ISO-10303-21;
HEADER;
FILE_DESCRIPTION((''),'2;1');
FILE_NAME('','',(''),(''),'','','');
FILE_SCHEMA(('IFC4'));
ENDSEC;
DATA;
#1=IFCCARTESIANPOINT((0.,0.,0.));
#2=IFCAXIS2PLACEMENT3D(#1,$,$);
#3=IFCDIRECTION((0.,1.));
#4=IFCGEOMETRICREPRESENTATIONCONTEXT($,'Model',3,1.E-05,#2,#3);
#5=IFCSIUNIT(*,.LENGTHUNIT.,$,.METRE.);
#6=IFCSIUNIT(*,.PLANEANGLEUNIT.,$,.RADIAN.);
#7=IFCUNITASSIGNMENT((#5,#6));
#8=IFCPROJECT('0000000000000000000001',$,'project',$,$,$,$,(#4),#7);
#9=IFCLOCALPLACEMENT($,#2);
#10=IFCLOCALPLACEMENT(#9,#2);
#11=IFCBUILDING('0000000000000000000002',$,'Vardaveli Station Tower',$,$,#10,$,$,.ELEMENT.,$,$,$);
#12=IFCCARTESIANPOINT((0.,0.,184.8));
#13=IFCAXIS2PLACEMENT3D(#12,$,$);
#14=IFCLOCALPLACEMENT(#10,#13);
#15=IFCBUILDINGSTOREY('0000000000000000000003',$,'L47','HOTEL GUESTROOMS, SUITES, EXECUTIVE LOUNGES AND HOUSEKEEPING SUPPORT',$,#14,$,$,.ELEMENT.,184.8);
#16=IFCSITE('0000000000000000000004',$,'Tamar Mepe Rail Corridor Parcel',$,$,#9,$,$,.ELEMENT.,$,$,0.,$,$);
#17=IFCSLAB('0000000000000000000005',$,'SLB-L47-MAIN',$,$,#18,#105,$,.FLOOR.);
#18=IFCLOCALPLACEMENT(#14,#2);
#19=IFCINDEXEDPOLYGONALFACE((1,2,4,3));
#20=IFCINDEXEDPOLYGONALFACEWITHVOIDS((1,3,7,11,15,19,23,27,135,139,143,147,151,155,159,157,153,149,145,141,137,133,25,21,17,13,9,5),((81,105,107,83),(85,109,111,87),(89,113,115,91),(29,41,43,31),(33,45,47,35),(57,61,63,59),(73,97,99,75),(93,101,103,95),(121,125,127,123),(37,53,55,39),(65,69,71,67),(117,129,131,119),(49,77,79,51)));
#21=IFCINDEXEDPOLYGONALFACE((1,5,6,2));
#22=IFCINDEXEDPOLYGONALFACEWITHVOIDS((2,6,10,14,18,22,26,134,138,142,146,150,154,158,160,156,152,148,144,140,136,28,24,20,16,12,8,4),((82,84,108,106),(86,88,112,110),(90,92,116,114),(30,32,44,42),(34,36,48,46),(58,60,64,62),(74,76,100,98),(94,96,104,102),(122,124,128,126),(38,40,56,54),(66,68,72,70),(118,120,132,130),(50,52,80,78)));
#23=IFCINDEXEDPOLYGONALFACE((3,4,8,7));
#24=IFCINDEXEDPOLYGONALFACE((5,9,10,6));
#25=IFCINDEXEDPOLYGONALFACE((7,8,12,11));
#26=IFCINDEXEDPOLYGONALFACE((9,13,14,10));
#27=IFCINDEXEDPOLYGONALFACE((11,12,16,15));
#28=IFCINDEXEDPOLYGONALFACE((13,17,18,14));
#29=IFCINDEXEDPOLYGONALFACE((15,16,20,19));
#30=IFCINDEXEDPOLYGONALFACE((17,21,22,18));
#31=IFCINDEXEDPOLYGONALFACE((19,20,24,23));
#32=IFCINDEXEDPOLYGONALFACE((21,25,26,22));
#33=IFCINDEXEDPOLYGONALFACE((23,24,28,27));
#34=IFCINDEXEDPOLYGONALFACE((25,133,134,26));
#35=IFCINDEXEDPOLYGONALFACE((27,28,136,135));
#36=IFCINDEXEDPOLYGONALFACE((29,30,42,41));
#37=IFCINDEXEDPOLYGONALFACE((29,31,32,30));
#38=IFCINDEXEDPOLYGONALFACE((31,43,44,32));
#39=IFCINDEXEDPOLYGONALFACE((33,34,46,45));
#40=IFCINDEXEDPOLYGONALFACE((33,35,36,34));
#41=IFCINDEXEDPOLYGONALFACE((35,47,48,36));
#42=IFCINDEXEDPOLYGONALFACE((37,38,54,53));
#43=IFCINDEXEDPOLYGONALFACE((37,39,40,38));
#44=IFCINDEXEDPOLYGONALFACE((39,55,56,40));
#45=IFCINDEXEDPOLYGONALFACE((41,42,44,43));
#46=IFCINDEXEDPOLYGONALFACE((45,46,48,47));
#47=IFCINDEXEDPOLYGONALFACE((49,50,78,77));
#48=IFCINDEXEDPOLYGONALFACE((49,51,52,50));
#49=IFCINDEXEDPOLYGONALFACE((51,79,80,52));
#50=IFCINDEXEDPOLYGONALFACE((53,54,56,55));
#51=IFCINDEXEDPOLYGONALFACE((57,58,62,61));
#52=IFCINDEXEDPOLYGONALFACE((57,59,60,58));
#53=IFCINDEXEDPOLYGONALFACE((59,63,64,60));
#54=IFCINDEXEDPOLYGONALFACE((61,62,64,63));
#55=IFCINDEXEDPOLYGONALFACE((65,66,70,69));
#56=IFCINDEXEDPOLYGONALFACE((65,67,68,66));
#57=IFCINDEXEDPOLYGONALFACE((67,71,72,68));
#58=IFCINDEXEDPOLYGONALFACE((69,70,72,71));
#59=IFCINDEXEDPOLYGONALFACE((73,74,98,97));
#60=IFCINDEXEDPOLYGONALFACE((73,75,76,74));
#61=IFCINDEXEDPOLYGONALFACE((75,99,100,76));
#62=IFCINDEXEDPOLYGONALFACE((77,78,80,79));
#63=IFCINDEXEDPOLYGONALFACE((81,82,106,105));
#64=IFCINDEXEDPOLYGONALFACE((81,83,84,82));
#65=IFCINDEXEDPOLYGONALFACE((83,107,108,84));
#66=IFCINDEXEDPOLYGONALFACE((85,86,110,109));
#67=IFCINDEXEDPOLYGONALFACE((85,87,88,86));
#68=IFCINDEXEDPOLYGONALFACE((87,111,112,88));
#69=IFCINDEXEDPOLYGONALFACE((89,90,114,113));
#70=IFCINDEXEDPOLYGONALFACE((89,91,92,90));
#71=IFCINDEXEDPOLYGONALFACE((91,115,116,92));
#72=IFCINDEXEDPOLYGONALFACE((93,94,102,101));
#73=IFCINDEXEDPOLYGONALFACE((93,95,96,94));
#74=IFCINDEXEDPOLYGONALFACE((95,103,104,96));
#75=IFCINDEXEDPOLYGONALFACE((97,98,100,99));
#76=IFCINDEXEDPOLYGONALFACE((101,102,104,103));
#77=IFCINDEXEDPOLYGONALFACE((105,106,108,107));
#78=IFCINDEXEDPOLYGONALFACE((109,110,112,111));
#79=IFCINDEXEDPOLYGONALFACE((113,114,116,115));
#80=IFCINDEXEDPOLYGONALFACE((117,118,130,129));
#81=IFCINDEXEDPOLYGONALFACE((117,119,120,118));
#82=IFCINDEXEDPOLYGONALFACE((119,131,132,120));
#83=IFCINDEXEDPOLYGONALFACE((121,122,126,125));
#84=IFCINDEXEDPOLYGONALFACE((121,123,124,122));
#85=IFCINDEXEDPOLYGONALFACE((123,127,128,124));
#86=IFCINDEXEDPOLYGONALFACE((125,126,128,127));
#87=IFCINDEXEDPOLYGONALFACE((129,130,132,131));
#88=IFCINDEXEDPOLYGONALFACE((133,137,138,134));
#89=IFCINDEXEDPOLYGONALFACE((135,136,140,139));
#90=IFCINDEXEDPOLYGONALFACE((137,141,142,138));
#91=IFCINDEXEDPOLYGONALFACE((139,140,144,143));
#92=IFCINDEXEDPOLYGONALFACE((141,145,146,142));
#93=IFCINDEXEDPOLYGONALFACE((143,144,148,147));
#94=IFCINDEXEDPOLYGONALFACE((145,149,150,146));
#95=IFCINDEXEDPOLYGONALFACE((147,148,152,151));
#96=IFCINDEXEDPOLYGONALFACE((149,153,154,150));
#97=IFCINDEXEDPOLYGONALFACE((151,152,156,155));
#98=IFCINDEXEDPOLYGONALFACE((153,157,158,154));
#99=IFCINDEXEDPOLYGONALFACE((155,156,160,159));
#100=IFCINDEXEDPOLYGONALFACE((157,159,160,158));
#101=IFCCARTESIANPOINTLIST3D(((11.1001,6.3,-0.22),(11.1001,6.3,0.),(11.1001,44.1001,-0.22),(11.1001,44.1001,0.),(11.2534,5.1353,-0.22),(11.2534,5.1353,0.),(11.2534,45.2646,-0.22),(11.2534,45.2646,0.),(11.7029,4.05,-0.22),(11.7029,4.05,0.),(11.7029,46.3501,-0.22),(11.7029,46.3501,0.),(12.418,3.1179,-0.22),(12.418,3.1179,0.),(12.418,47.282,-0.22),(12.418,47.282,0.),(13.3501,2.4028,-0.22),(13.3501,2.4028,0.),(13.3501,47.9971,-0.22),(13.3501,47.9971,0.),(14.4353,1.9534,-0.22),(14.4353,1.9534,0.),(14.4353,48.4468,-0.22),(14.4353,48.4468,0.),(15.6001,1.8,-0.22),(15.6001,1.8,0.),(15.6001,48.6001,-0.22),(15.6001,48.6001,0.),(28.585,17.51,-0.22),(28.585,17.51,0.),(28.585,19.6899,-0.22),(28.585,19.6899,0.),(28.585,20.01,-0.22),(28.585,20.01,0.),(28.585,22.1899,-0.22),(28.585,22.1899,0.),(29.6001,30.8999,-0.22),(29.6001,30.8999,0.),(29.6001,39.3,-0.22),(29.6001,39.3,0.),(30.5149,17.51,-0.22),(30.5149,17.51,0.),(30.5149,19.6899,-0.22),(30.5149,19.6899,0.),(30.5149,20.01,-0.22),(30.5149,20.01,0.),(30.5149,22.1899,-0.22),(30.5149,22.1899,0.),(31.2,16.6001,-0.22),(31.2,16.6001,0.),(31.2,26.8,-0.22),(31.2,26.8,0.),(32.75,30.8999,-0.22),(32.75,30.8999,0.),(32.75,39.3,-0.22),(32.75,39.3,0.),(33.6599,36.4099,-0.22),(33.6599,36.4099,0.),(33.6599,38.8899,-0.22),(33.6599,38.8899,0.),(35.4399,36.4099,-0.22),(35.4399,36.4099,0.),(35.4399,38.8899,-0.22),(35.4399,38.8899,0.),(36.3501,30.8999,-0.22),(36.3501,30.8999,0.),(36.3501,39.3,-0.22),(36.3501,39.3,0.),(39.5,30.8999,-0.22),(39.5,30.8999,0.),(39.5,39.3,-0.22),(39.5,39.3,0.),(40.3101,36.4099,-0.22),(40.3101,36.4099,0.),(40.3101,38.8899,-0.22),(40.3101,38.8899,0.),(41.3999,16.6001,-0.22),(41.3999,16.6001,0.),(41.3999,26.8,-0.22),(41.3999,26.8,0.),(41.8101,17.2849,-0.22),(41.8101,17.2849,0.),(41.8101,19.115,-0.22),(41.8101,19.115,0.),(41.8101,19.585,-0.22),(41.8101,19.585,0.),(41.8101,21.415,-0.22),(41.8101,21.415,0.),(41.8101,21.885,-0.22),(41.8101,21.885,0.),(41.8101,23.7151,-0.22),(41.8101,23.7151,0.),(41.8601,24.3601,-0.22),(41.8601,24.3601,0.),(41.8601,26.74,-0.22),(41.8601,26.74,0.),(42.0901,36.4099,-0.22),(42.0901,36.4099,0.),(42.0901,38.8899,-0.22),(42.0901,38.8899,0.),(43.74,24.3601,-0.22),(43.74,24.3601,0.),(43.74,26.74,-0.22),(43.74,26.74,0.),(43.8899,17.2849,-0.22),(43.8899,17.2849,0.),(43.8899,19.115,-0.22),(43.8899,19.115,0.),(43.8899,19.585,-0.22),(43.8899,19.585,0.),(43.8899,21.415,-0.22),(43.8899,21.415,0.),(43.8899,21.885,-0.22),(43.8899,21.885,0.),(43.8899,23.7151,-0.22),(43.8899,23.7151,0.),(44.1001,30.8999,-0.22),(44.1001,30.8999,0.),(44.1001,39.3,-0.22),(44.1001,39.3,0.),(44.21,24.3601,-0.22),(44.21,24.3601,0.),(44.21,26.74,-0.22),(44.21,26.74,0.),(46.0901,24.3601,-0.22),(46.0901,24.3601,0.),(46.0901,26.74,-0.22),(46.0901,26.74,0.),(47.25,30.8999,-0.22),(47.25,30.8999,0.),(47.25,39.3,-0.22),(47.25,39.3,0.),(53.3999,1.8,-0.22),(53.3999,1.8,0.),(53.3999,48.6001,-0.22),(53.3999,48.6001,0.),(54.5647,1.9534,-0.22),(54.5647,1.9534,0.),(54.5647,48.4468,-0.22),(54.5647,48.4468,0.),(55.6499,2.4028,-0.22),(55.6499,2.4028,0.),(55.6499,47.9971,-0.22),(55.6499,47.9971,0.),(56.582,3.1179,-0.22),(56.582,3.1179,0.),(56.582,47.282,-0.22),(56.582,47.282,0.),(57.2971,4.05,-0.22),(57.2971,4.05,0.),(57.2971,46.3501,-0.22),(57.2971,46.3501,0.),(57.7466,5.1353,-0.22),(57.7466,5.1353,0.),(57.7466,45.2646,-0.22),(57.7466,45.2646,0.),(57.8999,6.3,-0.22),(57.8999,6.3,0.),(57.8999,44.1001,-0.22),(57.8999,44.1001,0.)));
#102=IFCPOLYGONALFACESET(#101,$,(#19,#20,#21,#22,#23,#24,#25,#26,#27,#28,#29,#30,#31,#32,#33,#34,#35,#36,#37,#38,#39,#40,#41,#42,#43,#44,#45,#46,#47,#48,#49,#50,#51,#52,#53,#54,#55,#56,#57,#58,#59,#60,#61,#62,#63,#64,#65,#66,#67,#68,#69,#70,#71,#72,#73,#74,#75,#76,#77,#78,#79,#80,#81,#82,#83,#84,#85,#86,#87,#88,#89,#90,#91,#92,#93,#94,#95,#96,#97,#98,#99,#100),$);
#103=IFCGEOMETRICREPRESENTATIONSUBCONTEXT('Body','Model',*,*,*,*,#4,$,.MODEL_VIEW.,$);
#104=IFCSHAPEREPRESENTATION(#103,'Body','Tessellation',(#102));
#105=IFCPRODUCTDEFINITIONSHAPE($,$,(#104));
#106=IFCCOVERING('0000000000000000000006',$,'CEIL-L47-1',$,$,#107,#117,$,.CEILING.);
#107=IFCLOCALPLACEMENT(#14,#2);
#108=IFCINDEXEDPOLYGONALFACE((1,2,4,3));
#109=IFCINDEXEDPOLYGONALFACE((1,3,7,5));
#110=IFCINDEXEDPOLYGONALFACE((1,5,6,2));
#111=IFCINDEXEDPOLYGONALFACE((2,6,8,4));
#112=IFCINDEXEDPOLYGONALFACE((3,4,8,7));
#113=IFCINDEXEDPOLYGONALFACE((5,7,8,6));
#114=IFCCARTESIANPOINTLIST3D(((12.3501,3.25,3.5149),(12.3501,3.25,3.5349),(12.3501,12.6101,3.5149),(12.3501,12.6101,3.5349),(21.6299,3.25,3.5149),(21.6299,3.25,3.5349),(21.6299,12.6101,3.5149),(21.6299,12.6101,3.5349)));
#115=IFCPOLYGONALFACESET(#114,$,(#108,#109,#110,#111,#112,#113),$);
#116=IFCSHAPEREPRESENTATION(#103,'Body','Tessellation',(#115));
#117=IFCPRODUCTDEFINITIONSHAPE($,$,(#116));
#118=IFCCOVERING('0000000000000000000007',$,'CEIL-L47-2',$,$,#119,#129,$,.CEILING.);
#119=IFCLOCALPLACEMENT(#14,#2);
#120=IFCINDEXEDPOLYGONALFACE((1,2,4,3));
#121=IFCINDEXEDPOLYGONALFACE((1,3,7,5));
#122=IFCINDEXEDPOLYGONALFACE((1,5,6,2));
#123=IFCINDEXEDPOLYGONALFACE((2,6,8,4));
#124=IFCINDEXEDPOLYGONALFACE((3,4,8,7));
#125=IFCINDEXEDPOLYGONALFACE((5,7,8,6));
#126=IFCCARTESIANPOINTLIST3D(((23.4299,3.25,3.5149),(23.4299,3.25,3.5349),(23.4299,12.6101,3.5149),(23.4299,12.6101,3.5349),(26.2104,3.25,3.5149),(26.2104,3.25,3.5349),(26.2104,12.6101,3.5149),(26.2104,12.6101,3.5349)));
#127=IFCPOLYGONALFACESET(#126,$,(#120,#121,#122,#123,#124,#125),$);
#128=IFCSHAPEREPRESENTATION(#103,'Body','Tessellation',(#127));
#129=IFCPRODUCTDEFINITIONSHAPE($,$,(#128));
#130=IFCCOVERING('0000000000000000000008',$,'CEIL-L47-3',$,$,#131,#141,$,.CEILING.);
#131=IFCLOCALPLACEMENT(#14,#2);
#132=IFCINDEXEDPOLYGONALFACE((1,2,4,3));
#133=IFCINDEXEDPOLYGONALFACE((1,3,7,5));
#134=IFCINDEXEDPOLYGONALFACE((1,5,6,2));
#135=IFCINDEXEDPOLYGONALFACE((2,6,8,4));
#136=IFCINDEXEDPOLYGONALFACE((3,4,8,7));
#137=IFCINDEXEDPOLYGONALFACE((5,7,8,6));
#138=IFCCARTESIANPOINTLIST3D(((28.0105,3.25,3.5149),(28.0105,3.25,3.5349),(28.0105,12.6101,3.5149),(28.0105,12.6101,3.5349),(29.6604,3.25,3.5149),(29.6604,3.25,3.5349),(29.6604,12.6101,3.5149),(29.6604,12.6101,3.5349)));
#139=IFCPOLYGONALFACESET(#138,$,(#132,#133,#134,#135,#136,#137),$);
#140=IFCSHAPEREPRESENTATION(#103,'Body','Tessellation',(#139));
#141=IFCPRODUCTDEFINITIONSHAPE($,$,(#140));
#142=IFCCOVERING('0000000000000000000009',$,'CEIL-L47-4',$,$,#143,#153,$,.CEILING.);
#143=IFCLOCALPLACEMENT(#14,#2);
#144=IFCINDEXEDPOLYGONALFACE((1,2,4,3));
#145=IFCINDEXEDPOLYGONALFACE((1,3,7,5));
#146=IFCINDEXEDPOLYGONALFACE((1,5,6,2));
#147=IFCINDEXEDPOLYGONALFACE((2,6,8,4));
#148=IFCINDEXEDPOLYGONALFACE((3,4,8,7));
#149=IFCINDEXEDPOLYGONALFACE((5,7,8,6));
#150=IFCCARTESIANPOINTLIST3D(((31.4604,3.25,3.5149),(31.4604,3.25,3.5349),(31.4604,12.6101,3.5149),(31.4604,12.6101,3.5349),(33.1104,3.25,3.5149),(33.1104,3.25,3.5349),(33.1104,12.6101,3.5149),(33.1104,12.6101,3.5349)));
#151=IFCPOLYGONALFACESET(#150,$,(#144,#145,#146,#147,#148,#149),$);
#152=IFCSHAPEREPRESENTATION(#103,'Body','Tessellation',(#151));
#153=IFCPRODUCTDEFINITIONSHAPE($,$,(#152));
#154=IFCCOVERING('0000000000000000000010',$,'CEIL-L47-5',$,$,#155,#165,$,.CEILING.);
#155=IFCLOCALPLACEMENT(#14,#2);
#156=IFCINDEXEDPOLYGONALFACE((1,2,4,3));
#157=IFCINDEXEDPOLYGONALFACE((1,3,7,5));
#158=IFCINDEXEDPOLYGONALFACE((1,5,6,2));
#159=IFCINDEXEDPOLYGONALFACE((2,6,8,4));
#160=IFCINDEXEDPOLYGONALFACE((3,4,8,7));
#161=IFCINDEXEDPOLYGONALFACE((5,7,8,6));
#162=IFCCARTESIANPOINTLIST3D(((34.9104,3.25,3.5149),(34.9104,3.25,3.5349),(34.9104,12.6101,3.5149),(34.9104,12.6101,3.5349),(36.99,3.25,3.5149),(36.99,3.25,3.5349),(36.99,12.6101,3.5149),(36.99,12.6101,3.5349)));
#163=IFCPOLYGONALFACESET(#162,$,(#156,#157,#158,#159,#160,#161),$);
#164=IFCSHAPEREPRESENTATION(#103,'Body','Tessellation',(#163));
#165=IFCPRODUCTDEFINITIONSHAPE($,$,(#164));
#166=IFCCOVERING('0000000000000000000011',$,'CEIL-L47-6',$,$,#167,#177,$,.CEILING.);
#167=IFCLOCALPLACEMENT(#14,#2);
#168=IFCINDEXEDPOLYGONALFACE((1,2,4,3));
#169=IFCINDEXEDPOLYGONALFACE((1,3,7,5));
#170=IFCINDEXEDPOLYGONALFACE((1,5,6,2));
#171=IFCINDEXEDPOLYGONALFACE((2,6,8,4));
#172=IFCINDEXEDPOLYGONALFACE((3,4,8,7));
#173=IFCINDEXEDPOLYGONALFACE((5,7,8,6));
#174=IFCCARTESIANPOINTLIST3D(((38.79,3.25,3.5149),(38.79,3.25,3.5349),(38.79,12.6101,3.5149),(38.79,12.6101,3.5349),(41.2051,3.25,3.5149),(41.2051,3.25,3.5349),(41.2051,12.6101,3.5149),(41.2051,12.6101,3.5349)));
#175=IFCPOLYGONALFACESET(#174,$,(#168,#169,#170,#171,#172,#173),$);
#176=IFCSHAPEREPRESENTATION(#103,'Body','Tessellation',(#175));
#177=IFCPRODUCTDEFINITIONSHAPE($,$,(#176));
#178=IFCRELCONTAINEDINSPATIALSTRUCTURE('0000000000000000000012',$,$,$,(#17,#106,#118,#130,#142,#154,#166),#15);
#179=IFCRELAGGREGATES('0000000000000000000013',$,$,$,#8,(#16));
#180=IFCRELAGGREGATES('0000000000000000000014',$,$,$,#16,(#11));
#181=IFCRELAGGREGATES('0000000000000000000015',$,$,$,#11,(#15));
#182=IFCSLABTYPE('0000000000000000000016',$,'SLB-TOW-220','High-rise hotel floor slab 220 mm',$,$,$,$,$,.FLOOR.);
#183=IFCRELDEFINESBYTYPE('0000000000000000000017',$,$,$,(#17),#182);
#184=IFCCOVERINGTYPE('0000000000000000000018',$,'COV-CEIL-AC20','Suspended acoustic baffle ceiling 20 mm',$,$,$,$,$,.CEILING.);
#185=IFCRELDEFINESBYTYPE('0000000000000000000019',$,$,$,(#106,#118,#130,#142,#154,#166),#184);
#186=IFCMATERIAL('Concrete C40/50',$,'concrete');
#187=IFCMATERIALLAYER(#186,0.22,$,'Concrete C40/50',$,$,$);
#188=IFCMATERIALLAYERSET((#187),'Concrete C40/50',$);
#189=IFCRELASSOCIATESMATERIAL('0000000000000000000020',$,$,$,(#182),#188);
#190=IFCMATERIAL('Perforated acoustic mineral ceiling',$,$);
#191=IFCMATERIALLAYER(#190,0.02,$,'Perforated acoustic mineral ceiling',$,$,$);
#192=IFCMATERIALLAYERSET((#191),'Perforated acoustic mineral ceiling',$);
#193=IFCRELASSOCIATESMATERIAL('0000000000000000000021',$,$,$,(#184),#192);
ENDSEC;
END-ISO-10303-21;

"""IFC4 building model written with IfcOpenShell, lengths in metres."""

from ifc_helpers import new_model, si_unit, direction, frame, origin, place, context, subcontext, project, spatial, polyline, outline, extrude, material, layer, layer_set, type_object, element, save


model = new_model("IFC4")

# Units and contexts
model_context = context("Model", 3, precision=1e-05, world=origin(), true_north=direction((0.0, 1.0)))
body_context = subcontext(model_context, "Body", "Model", "MODEL_VIEW")
ifc_project = project(units=[si_unit("LENGTHUNIT", "METRE"), si_unit("PLANEANGLEUNIT", "RADIAN")], contexts=[model_context])

# Site, building, storey
site_placement = place(None, origin())
site = spatial("IfcSite", under=ifc_project, at=site_placement, Name="Tamar Mepe Rail Corridor Parcel", CompositionType="ELEMENT", RefElevation=0.0)
building_placement = place(site_placement, origin())
building = spatial("IfcBuilding", under=site, at=building_placement, Name="Vardaveli Station Tower", CompositionType="ELEMENT")
storey_placement = place(building_placement, frame((0.0, 0.0, 184.8)))
storey = spatial("IfcBuildingStorey", under=building, at=storey_placement, Name="L47", Description="HOTEL GUESTROOMS, SUITES, EXECUTIVE LOUNGES AND HOUSEKEEPING SUPPORT", CompositionType="ELEMENT", Elevation=184.8)

# Shared definitions
ifc_material_1 = material(Name="Concrete C40/50", Category="concrete")

# Slab
ifc_layer_1 = layer(ifc_material_1, 0.22, Name="Concrete C40/50")
ifc_layer_set_1 = layer_set([ifc_layer_1], Name="Concrete C40/50")
slab_type_1 = type_object("IfcSlabType", Name="SLB-TOW-220", Description="High-rise hotel floor slab 220 mm", PredefinedType="FLOOR", material=ifc_layer_set_1)
slab_1_placement = place(storey_placement, frame((0.0, 0.0, -0.22)))
element("IfcSlab", 1, at=slab_1_placement, inside=storey, type_object=slab_type_1, Name="SLB-L47-MAIN", PredefinedType="FLOOR", context=body_context, shape_type="SweptSolid", body=[
    extrude(outline(polyline([(11.1001, 6.3), (11.2534, 5.1353), (11.7029, 4.05), (12.418, 3.1179), (13.3501, 2.4028), (14.4353, 1.9534), (15.6001, 1.8), (53.3999, 1.8), (54.5647, 1.9534), (55.6499, 2.4028), (56.582, 3.1179), (57.2971, 4.05), (57.7466, 5.1353), (57.8999, 6.3), (57.8999, 44.1001), (57.7466, 45.2646), (57.2971, 46.3501), (56.582, 47.282), (55.6499, 47.9971), (54.5647, 48.4468), (53.3999, 48.6001), (15.6001, 48.6001), (14.4353, 48.4468), (13.3501, 47.9971), (12.418, 47.282), (11.7029, 46.3501), (11.2534, 45.2646), (11.1001, 44.1001), (11.1001, 6.3)]), holes=[polyline([(31.2, 16.6001), (41.3999, 16.6001), (41.3999, 26.8), (31.2, 26.8), (31.2, 16.6001)]), polyline([(32.75, 30.8999), (32.75, 39.3), (29.6001, 39.3), (29.6001, 30.8999), (32.75, 30.8999)]), polyline([(39.5, 30.8999), (39.5, 39.3), (36.3501, 39.3), (36.3501, 30.8999), (39.5, 30.8999)]), polyline([(47.25, 30.8999), (47.25, 39.3), (44.1001, 39.3), (44.1001, 30.8999), (47.25, 30.8999)]), polyline([(33.6599, 36.4099), (35.4399, 36.4099), (35.4399, 38.8899), (33.6599, 38.8899), (33.6599, 36.4099)]), polyline([(40.3101, 36.4099), (42.0901, 36.4099), (42.0901, 38.8899), (40.3101, 38.8899), (40.3101, 36.4099)]), polyline([(41.8101, 21.885), (43.8899, 21.885), (43.8899, 23.7151), (41.8101, 23.7151), (41.8101, 21.885)]), polyline([(41.8101, 19.585), (43.8899, 19.585), (43.8899, 21.415), (41.8101, 21.415), (41.8101, 19.585)]), polyline([(41.8101, 17.2849), (43.8899, 17.2849), (43.8899, 19.115), (41.8101, 19.115), (41.8101, 17.2849)]), polyline([(28.585, 17.51), (30.5149, 17.51), (30.5149, 19.6899), (28.585, 19.6899), (28.585, 17.51)]), polyline([(28.585, 20.01), (30.5149, 20.01), (30.5149, 22.1899), (28.585, 22.1899), (28.585, 20.01)]), polyline([(41.8601, 24.3601), (43.74, 24.3601), (43.74, 26.74), (41.8601, 26.74), (41.8601, 24.3601)]), polyline([(44.21, 24.3601), (46.0901, 24.3601), (46.0901, 26.74), (44.21, 26.74), (44.21, 24.3601)])]), origin(), (0.0, 0.0, 1.0), 0.22),
])

# Coverings
ifc_material_2 = material(Name="Perforated acoustic mineral ceiling")
ifc_layer_2 = layer(ifc_material_2, 0.02, Name="Perforated acoustic mineral ceiling")
ifc_layer_set_2 = layer_set([ifc_layer_2], Name="Perforated acoustic mineral ceiling")
covering_type_1 = type_object("IfcCoveringType", Name="COV-CEIL-AC20", Description="Suspended acoustic baffle ceiling 20 mm", PredefinedType="CEILING", material=ifc_layer_set_2)
covering_1_placement = place(storey_placement, frame((0.0, 0.0, 3.5149)))
element("IfcCovering", 2, at=covering_1_placement, inside=storey, type_object=covering_type_1, Name="CEIL-L47-1", PredefinedType="CEILING", context=body_context, shape_type="SweptSolid", body=[
    extrude(outline(polyline([(12.3501, 3.25), (21.6299, 3.25), (21.6299, 12.6101), (12.3501, 12.6101), (12.3501, 3.25)])), origin(), (0.0, 0.0, 1.0), 0.02),
])
covering_2_placement = place(storey_placement, frame((0.0, 0.0, 3.5149)))
element("IfcCovering", 3, at=covering_2_placement, inside=storey, type_object=covering_type_1, Name="CEIL-L47-2", PredefinedType="CEILING", context=body_context, shape_type="SweptSolid", body=[
    extrude(outline(polyline([(23.4299, 3.25), (26.2104, 3.25), (26.2104, 12.6101), (23.4299, 12.6101), (23.4299, 3.25)])), origin(), (0.0, 0.0, 1.0), 0.02),
])
covering_3_placement = place(storey_placement, frame((0.0, 0.0, 3.5149)))
element("IfcCovering", 4, at=covering_3_placement, inside=storey, type_object=covering_type_1, Name="CEIL-L47-3", PredefinedType="CEILING", context=body_context, shape_type="SweptSolid", body=[
    extrude(outline(polyline([(28.0105, 3.25), (29.6604, 3.25), (29.6604, 12.6101), (28.0105, 12.6101), (28.0105, 3.25)])), origin(), (0.0, 0.0, 1.0), 0.02),
])
covering_4_placement = place(storey_placement, frame((0.0, 0.0, 3.5149)))
element("IfcCovering", 5, at=covering_4_placement, inside=storey, type_object=covering_type_1, Name="CEIL-L47-4", PredefinedType="CEILING", context=body_context, shape_type="SweptSolid", body=[
    extrude(outline(polyline([(31.4604, 3.25), (33.1104, 3.25), (33.1104, 12.6101), (31.4604, 12.6101), (31.4604, 3.25)])), origin(), (0.0, 0.0, 1.0), 0.02),
])
covering_5_placement = place(storey_placement, frame((0.0, 0.0, 3.5149)))
element("IfcCovering", 6, at=covering_5_placement, inside=storey, type_object=covering_type_1, Name="CEIL-L47-5", PredefinedType="CEILING", context=body_context, shape_type="SweptSolid", body=[
    extrude(outline(polyline([(34.9104, 3.25), (36.99, 3.25), (36.99, 12.6101), (34.9104, 12.6101), (34.9104, 3.25)])), origin(), (0.0, 0.0, 1.0), 0.02),
])
covering_6_placement = place(storey_placement, frame((0.0, 0.0, 3.5149)))
element("IfcCovering", 7, at=covering_6_placement, inside=storey, type_object=covering_type_1, Name="CEIL-L47-6", PredefinedType="CEILING", context=body_context, shape_type="SweptSolid", body=[
    extrude(outline(polyline([(38.79, 3.25), (41.2051, 3.25), (41.2051, 12.6101), (38.79, 12.6101), (38.79, 3.25)])), origin(), (0.0, 0.0, 1.0), 0.02),
])

save(model, "model.ifc")
